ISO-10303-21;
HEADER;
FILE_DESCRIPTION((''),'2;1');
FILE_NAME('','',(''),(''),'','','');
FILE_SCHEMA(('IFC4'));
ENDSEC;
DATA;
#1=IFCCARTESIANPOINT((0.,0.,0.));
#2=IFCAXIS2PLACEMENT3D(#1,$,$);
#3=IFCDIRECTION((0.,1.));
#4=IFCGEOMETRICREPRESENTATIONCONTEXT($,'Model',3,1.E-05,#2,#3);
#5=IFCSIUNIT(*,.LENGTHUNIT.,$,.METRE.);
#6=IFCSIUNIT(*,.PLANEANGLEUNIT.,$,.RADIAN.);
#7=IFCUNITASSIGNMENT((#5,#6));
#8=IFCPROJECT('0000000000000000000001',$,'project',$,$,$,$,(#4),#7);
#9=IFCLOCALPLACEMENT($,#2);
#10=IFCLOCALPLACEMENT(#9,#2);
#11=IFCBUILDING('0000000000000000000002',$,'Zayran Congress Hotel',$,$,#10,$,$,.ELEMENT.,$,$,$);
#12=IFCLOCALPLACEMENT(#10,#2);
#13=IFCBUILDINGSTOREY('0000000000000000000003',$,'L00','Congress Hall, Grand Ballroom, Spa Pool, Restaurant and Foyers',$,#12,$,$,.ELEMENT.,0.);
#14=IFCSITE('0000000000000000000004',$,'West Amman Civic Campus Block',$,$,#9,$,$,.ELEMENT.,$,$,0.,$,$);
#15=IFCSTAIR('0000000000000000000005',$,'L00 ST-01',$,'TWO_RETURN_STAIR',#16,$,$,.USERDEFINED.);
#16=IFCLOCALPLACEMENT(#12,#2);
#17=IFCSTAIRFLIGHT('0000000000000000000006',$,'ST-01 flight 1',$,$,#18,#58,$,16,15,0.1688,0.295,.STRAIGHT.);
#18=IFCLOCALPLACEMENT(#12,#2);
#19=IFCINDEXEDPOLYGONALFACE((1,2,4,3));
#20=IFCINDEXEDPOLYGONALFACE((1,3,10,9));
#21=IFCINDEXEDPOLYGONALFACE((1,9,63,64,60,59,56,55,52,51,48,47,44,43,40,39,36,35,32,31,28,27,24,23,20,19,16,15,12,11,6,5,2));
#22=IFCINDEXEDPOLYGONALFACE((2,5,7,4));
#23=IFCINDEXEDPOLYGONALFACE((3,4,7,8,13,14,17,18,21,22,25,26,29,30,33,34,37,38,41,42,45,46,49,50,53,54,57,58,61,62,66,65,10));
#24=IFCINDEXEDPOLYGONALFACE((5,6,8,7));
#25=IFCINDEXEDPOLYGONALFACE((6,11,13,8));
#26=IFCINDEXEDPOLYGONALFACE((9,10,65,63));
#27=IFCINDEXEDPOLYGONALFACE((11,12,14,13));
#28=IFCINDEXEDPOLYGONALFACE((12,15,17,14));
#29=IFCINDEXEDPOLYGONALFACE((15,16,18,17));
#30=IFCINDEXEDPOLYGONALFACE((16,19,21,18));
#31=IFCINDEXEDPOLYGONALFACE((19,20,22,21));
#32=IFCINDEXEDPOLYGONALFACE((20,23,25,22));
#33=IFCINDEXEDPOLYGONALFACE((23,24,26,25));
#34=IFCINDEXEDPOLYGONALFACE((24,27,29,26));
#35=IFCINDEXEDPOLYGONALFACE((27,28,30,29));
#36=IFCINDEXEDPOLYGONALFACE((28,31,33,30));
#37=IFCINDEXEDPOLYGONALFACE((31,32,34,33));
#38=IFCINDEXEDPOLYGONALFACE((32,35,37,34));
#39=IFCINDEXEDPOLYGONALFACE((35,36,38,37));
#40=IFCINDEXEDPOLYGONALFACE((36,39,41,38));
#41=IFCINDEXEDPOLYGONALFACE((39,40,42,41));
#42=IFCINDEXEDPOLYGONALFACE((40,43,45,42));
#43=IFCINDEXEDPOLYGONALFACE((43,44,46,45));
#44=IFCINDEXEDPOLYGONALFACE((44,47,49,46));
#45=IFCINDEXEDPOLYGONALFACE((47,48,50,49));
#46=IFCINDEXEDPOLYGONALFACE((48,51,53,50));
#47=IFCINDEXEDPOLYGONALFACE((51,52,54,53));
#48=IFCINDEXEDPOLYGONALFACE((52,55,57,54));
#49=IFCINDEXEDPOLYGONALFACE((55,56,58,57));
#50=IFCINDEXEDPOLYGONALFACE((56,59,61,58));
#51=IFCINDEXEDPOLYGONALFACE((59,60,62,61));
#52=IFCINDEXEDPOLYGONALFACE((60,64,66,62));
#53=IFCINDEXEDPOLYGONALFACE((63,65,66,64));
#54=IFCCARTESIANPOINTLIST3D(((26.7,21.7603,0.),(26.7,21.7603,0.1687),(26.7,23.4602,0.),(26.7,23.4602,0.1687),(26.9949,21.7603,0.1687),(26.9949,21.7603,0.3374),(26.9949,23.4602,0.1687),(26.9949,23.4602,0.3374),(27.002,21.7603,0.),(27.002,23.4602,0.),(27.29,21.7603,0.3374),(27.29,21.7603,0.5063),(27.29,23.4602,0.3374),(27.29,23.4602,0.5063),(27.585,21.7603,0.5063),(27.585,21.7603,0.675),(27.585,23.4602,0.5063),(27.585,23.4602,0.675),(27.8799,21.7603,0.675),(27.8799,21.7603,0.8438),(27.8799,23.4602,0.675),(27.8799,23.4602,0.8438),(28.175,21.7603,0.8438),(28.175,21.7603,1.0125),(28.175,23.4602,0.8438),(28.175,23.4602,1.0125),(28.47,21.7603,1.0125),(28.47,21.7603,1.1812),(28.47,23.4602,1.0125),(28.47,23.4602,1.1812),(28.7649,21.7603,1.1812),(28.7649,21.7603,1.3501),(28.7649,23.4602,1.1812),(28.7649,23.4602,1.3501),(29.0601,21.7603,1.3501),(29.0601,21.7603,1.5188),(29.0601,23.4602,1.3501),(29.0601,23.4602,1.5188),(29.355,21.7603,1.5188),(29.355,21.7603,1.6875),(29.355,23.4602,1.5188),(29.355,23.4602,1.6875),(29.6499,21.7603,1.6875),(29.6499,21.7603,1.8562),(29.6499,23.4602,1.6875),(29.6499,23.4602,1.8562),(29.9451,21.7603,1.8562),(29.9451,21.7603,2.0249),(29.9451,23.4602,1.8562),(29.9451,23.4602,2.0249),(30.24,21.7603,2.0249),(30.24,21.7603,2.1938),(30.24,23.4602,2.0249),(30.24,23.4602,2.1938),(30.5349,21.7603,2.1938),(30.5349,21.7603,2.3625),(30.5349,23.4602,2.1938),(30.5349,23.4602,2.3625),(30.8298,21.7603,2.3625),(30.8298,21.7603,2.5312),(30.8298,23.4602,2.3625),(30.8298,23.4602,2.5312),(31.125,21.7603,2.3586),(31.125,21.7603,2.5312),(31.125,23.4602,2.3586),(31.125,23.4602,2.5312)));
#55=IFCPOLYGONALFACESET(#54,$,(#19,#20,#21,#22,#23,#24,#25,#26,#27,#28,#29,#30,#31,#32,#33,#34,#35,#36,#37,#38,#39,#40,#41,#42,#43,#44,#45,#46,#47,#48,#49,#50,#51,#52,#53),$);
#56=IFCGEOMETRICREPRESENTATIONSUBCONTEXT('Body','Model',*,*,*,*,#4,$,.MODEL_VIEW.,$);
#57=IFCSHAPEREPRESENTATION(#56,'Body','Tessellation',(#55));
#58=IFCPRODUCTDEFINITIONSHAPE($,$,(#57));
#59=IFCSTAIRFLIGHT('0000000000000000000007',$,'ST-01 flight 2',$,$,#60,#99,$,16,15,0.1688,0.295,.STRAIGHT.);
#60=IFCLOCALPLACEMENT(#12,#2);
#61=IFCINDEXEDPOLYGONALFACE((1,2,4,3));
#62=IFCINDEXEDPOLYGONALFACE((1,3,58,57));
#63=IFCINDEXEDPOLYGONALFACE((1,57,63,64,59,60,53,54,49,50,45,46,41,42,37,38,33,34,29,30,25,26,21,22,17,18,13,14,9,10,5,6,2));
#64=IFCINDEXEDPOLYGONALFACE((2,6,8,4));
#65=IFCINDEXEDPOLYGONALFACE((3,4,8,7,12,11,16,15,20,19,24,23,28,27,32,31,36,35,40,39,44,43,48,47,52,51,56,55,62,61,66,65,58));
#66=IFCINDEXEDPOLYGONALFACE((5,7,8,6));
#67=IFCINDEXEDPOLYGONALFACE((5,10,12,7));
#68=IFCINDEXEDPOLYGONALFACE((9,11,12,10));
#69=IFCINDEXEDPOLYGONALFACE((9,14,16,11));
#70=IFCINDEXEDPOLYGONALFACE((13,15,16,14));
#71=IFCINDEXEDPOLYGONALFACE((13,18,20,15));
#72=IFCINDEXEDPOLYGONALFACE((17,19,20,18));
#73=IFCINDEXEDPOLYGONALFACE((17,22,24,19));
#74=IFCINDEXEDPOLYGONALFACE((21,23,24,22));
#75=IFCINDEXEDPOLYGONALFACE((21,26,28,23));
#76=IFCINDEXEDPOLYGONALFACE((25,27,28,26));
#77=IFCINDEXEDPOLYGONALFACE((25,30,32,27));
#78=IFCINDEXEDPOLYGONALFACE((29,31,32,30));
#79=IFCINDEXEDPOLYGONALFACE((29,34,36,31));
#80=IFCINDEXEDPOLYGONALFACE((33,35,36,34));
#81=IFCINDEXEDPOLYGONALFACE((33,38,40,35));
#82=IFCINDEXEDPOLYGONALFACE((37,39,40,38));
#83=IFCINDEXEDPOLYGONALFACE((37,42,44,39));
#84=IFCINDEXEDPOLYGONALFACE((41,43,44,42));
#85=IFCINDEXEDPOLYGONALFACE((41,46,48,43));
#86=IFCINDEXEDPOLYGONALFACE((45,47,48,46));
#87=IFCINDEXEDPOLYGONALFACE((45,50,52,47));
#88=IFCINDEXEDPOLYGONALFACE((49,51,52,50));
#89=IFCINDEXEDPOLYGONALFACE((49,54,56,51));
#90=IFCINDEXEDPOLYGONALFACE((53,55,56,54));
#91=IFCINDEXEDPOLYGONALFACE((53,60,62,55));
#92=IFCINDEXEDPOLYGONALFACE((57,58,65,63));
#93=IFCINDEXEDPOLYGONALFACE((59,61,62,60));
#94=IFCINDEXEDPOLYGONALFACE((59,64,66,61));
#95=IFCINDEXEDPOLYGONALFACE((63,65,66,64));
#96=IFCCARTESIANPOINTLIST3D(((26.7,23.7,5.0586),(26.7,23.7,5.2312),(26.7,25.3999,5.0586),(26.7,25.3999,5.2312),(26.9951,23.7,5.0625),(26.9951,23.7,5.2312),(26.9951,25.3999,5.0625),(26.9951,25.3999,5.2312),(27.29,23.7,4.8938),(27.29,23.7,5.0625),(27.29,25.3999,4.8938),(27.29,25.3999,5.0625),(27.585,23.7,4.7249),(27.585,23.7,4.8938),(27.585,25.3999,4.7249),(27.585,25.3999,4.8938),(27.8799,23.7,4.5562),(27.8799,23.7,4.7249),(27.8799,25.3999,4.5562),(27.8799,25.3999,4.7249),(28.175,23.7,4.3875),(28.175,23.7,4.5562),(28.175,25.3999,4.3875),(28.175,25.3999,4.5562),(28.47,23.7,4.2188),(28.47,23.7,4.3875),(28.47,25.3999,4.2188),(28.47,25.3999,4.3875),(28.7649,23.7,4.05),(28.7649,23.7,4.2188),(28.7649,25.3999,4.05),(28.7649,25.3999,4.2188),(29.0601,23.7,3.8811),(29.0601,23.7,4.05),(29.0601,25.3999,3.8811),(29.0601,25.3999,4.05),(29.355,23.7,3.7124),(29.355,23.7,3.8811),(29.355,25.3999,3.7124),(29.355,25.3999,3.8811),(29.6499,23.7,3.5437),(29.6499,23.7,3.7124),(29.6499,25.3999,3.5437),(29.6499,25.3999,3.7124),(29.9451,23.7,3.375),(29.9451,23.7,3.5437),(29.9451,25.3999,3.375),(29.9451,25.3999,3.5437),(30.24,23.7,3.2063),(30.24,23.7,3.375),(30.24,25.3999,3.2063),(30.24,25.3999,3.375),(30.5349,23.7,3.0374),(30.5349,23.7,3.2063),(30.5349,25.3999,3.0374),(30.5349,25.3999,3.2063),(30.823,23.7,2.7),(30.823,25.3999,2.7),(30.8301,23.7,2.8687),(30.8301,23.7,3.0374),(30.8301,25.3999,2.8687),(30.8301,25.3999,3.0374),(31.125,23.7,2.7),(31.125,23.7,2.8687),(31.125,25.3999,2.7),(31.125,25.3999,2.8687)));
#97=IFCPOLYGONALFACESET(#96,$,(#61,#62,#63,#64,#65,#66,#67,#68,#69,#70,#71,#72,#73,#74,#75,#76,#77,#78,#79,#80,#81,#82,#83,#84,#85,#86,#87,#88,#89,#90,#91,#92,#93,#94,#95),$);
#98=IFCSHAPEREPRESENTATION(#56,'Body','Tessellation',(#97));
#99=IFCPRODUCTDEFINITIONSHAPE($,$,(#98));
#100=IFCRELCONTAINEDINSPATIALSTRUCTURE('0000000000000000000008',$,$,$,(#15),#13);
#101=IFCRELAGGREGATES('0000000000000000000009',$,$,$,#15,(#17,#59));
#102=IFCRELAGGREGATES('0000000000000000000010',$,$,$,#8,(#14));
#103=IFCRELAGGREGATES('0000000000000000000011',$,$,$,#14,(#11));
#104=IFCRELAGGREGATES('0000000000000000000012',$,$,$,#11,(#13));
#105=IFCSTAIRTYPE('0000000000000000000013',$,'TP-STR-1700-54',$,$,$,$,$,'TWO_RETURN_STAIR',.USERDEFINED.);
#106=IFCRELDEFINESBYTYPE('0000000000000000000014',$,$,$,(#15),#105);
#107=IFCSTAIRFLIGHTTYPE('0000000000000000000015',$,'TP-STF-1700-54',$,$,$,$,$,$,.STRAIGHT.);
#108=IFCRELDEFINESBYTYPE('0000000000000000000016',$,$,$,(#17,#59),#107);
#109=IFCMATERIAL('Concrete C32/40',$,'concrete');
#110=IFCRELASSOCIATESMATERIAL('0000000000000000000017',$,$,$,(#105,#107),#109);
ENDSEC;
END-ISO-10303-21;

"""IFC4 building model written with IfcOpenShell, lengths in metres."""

from ifc_helpers import new_model, si_unit, direction, frame, origin, place, context, subcontext, project, spatial, polyline, outline, extrude, material, type_object, element, aggregate, save


model = new_model("IFC4")

# Units and contexts
model_context = context("Model", 3, precision=1e-05, world=origin(), true_north=direction((0.0, 1.0)))
body_context = subcontext(model_context, "Body", "Model", "MODEL_VIEW")
ifc_project = project(units=[si_unit("LENGTHUNIT", "METRE"), si_unit("PLANEANGLEUNIT", "RADIAN")], contexts=[model_context])

# Site, building, storey
site_placement = place(None, origin())
site = spatial("IfcSite", under=ifc_project, at=site_placement, Name="West Amman Civic Campus Block", CompositionType="ELEMENT", RefElevation=0.0)
building_placement = place(site_placement, origin())
building = spatial("IfcBuilding", under=site, at=building_placement, Name="Zayran Congress Hotel", CompositionType="ELEMENT")
storey_placement = place(building_placement, origin())
storey = spatial("IfcBuildingStorey", under=building, at=storey_placement, Name="L00", Description="Congress Hall, Grand Ballroom, Spa Pool, Restaurant and Foyers", CompositionType="ELEMENT", Elevation=0.0)

# Stair, stair flights
ifc_material_1 = material(Name="Concrete C32/40", Category="concrete")
stair_type = type_object("IfcStairType", Name="TP-STR-1700-54", ElementType="TWO_RETURN_STAIR", PredefinedType="USERDEFINED", material=ifc_material_1)
stair_placement = place(storey_placement, origin())
stair = element("IfcStair", 1, at=stair_placement, inside=storey, type_object=stair_type, Name="L00 ST-01", ObjectType="TWO_RETURN_STAIR", PredefinedType="USERDEFINED")
stair_flight_type = type_object("IfcStairFlightType", Name="TP-STF-1700-54", PredefinedType="STRAIGHT", material=ifc_material_1)
stair_flight_1_placement = place(storey_placement, frame((26.7, 22.6101, 0.0), z_axis=(0.0, 0.0, 1.0), x_axis=(1.0, 0.0, 0.0)))
stair_flight_1 = element("IfcStairFlight", 2, at=stair_flight_1_placement, type_object=stair_flight_type, Name="ST-01 flight 1", NumberOfRisers=16, NumberOfTreads=15, PredefinedType="STRAIGHT", RiserHeight=0.1688, TreadLength=0.295, context=body_context, shape_type="SweptSolid", body=[
    extrude(outline(polyline([(0.0, 0.0), (0.0, 0.1687), (0.2949, 0.1687), (0.2949, 0.3374), (0.5901, 0.3374), (0.5901, 0.5063), (0.885, 0.5063), (0.885, 0.675), (1.1799, 0.675), (1.1799, 0.8438), (1.4751, 0.8438), (1.4751, 1.0125), (1.77, 1.0125), (1.77, 1.1812), (2.0649, 1.1812), (2.0649, 1.3501), (2.3601, 1.3501), (2.3601, 1.5188), (2.655, 1.5188), (2.655, 1.6875), (2.95, 1.6875), (2.95, 1.8562), (3.2451, 1.8562), (3.2451, 2.0249), (3.54, 2.0249), (3.54, 2.1938), (3.835, 2.1938), (3.835, 2.3625), (4.1299, 2.3625), (4.1299, 2.5312), (4.425, 2.5312), (4.425, 2.7), (4.425, 2.3586), (0.302, 0.0), (0.0, 0.0)])), frame((0.0, 0.8501, 0.0), z_axis=(0.0, -1.0, 0.0), x_axis=(1.0, 0.0, 0.0)), (0.0, 0.0, 1.0), 1.7),
])
stair_flight_2_placement = place(storey_placement, frame((31.125, 24.55, 2.7), z_axis=(0.0, 0.0, 1.0), x_axis=(-1.0, 0.0, 0.0)))
stair_flight_2 = element("IfcStairFlight", 3, at=stair_flight_2_placement, type_object=stair_flight_type, Name="ST-01 flight 2", NumberOfRisers=16, NumberOfTreads=15, PredefinedType="STRAIGHT", RiserHeight=0.1688, TreadLength=0.295, context=body_context, shape_type="SweptSolid", body=[
    extrude(outline(polyline([(0.0, 0.0), (0.0, 0.1687), (0.2949, 0.1687), (0.2949, 0.3374), (0.5901, 0.3374), (0.5901, 0.5063), (0.885, 0.5063), (0.885, 0.675), (1.1799, 0.675), (1.1799, 0.8438), (1.4751, 0.8438), (1.4751, 1.0125), (1.77, 1.0125), (1.77, 1.1812), (2.0649, 1.1812), (2.0649, 1.3501), (2.3601, 1.3501), (2.3601, 1.5188), (2.655, 1.5188), (2.655, 1.6875), (2.95, 1.6875), (2.95, 1.8562), (3.2451, 1.8562), (3.2451, 2.0249), (3.54, 2.0249), (3.54, 2.1938), (3.835, 2.1938), (3.835, 2.3625), (4.1299, 2.3625), (4.1299, 2.5312), (4.425, 2.5312), (4.425, 2.7), (4.425, 2.3586), (0.302, 0.0), (0.0, 0.0)])), frame((0.0, 0.8501, 0.0), z_axis=(0.0, -1.0, 0.0), x_axis=(1.0, 0.0, 0.0)), (0.0, 0.0, 1.0), 1.7),
])
aggregate(stair, [stair_flight_1, stair_flight_2])

save(model, "model.ifc")
